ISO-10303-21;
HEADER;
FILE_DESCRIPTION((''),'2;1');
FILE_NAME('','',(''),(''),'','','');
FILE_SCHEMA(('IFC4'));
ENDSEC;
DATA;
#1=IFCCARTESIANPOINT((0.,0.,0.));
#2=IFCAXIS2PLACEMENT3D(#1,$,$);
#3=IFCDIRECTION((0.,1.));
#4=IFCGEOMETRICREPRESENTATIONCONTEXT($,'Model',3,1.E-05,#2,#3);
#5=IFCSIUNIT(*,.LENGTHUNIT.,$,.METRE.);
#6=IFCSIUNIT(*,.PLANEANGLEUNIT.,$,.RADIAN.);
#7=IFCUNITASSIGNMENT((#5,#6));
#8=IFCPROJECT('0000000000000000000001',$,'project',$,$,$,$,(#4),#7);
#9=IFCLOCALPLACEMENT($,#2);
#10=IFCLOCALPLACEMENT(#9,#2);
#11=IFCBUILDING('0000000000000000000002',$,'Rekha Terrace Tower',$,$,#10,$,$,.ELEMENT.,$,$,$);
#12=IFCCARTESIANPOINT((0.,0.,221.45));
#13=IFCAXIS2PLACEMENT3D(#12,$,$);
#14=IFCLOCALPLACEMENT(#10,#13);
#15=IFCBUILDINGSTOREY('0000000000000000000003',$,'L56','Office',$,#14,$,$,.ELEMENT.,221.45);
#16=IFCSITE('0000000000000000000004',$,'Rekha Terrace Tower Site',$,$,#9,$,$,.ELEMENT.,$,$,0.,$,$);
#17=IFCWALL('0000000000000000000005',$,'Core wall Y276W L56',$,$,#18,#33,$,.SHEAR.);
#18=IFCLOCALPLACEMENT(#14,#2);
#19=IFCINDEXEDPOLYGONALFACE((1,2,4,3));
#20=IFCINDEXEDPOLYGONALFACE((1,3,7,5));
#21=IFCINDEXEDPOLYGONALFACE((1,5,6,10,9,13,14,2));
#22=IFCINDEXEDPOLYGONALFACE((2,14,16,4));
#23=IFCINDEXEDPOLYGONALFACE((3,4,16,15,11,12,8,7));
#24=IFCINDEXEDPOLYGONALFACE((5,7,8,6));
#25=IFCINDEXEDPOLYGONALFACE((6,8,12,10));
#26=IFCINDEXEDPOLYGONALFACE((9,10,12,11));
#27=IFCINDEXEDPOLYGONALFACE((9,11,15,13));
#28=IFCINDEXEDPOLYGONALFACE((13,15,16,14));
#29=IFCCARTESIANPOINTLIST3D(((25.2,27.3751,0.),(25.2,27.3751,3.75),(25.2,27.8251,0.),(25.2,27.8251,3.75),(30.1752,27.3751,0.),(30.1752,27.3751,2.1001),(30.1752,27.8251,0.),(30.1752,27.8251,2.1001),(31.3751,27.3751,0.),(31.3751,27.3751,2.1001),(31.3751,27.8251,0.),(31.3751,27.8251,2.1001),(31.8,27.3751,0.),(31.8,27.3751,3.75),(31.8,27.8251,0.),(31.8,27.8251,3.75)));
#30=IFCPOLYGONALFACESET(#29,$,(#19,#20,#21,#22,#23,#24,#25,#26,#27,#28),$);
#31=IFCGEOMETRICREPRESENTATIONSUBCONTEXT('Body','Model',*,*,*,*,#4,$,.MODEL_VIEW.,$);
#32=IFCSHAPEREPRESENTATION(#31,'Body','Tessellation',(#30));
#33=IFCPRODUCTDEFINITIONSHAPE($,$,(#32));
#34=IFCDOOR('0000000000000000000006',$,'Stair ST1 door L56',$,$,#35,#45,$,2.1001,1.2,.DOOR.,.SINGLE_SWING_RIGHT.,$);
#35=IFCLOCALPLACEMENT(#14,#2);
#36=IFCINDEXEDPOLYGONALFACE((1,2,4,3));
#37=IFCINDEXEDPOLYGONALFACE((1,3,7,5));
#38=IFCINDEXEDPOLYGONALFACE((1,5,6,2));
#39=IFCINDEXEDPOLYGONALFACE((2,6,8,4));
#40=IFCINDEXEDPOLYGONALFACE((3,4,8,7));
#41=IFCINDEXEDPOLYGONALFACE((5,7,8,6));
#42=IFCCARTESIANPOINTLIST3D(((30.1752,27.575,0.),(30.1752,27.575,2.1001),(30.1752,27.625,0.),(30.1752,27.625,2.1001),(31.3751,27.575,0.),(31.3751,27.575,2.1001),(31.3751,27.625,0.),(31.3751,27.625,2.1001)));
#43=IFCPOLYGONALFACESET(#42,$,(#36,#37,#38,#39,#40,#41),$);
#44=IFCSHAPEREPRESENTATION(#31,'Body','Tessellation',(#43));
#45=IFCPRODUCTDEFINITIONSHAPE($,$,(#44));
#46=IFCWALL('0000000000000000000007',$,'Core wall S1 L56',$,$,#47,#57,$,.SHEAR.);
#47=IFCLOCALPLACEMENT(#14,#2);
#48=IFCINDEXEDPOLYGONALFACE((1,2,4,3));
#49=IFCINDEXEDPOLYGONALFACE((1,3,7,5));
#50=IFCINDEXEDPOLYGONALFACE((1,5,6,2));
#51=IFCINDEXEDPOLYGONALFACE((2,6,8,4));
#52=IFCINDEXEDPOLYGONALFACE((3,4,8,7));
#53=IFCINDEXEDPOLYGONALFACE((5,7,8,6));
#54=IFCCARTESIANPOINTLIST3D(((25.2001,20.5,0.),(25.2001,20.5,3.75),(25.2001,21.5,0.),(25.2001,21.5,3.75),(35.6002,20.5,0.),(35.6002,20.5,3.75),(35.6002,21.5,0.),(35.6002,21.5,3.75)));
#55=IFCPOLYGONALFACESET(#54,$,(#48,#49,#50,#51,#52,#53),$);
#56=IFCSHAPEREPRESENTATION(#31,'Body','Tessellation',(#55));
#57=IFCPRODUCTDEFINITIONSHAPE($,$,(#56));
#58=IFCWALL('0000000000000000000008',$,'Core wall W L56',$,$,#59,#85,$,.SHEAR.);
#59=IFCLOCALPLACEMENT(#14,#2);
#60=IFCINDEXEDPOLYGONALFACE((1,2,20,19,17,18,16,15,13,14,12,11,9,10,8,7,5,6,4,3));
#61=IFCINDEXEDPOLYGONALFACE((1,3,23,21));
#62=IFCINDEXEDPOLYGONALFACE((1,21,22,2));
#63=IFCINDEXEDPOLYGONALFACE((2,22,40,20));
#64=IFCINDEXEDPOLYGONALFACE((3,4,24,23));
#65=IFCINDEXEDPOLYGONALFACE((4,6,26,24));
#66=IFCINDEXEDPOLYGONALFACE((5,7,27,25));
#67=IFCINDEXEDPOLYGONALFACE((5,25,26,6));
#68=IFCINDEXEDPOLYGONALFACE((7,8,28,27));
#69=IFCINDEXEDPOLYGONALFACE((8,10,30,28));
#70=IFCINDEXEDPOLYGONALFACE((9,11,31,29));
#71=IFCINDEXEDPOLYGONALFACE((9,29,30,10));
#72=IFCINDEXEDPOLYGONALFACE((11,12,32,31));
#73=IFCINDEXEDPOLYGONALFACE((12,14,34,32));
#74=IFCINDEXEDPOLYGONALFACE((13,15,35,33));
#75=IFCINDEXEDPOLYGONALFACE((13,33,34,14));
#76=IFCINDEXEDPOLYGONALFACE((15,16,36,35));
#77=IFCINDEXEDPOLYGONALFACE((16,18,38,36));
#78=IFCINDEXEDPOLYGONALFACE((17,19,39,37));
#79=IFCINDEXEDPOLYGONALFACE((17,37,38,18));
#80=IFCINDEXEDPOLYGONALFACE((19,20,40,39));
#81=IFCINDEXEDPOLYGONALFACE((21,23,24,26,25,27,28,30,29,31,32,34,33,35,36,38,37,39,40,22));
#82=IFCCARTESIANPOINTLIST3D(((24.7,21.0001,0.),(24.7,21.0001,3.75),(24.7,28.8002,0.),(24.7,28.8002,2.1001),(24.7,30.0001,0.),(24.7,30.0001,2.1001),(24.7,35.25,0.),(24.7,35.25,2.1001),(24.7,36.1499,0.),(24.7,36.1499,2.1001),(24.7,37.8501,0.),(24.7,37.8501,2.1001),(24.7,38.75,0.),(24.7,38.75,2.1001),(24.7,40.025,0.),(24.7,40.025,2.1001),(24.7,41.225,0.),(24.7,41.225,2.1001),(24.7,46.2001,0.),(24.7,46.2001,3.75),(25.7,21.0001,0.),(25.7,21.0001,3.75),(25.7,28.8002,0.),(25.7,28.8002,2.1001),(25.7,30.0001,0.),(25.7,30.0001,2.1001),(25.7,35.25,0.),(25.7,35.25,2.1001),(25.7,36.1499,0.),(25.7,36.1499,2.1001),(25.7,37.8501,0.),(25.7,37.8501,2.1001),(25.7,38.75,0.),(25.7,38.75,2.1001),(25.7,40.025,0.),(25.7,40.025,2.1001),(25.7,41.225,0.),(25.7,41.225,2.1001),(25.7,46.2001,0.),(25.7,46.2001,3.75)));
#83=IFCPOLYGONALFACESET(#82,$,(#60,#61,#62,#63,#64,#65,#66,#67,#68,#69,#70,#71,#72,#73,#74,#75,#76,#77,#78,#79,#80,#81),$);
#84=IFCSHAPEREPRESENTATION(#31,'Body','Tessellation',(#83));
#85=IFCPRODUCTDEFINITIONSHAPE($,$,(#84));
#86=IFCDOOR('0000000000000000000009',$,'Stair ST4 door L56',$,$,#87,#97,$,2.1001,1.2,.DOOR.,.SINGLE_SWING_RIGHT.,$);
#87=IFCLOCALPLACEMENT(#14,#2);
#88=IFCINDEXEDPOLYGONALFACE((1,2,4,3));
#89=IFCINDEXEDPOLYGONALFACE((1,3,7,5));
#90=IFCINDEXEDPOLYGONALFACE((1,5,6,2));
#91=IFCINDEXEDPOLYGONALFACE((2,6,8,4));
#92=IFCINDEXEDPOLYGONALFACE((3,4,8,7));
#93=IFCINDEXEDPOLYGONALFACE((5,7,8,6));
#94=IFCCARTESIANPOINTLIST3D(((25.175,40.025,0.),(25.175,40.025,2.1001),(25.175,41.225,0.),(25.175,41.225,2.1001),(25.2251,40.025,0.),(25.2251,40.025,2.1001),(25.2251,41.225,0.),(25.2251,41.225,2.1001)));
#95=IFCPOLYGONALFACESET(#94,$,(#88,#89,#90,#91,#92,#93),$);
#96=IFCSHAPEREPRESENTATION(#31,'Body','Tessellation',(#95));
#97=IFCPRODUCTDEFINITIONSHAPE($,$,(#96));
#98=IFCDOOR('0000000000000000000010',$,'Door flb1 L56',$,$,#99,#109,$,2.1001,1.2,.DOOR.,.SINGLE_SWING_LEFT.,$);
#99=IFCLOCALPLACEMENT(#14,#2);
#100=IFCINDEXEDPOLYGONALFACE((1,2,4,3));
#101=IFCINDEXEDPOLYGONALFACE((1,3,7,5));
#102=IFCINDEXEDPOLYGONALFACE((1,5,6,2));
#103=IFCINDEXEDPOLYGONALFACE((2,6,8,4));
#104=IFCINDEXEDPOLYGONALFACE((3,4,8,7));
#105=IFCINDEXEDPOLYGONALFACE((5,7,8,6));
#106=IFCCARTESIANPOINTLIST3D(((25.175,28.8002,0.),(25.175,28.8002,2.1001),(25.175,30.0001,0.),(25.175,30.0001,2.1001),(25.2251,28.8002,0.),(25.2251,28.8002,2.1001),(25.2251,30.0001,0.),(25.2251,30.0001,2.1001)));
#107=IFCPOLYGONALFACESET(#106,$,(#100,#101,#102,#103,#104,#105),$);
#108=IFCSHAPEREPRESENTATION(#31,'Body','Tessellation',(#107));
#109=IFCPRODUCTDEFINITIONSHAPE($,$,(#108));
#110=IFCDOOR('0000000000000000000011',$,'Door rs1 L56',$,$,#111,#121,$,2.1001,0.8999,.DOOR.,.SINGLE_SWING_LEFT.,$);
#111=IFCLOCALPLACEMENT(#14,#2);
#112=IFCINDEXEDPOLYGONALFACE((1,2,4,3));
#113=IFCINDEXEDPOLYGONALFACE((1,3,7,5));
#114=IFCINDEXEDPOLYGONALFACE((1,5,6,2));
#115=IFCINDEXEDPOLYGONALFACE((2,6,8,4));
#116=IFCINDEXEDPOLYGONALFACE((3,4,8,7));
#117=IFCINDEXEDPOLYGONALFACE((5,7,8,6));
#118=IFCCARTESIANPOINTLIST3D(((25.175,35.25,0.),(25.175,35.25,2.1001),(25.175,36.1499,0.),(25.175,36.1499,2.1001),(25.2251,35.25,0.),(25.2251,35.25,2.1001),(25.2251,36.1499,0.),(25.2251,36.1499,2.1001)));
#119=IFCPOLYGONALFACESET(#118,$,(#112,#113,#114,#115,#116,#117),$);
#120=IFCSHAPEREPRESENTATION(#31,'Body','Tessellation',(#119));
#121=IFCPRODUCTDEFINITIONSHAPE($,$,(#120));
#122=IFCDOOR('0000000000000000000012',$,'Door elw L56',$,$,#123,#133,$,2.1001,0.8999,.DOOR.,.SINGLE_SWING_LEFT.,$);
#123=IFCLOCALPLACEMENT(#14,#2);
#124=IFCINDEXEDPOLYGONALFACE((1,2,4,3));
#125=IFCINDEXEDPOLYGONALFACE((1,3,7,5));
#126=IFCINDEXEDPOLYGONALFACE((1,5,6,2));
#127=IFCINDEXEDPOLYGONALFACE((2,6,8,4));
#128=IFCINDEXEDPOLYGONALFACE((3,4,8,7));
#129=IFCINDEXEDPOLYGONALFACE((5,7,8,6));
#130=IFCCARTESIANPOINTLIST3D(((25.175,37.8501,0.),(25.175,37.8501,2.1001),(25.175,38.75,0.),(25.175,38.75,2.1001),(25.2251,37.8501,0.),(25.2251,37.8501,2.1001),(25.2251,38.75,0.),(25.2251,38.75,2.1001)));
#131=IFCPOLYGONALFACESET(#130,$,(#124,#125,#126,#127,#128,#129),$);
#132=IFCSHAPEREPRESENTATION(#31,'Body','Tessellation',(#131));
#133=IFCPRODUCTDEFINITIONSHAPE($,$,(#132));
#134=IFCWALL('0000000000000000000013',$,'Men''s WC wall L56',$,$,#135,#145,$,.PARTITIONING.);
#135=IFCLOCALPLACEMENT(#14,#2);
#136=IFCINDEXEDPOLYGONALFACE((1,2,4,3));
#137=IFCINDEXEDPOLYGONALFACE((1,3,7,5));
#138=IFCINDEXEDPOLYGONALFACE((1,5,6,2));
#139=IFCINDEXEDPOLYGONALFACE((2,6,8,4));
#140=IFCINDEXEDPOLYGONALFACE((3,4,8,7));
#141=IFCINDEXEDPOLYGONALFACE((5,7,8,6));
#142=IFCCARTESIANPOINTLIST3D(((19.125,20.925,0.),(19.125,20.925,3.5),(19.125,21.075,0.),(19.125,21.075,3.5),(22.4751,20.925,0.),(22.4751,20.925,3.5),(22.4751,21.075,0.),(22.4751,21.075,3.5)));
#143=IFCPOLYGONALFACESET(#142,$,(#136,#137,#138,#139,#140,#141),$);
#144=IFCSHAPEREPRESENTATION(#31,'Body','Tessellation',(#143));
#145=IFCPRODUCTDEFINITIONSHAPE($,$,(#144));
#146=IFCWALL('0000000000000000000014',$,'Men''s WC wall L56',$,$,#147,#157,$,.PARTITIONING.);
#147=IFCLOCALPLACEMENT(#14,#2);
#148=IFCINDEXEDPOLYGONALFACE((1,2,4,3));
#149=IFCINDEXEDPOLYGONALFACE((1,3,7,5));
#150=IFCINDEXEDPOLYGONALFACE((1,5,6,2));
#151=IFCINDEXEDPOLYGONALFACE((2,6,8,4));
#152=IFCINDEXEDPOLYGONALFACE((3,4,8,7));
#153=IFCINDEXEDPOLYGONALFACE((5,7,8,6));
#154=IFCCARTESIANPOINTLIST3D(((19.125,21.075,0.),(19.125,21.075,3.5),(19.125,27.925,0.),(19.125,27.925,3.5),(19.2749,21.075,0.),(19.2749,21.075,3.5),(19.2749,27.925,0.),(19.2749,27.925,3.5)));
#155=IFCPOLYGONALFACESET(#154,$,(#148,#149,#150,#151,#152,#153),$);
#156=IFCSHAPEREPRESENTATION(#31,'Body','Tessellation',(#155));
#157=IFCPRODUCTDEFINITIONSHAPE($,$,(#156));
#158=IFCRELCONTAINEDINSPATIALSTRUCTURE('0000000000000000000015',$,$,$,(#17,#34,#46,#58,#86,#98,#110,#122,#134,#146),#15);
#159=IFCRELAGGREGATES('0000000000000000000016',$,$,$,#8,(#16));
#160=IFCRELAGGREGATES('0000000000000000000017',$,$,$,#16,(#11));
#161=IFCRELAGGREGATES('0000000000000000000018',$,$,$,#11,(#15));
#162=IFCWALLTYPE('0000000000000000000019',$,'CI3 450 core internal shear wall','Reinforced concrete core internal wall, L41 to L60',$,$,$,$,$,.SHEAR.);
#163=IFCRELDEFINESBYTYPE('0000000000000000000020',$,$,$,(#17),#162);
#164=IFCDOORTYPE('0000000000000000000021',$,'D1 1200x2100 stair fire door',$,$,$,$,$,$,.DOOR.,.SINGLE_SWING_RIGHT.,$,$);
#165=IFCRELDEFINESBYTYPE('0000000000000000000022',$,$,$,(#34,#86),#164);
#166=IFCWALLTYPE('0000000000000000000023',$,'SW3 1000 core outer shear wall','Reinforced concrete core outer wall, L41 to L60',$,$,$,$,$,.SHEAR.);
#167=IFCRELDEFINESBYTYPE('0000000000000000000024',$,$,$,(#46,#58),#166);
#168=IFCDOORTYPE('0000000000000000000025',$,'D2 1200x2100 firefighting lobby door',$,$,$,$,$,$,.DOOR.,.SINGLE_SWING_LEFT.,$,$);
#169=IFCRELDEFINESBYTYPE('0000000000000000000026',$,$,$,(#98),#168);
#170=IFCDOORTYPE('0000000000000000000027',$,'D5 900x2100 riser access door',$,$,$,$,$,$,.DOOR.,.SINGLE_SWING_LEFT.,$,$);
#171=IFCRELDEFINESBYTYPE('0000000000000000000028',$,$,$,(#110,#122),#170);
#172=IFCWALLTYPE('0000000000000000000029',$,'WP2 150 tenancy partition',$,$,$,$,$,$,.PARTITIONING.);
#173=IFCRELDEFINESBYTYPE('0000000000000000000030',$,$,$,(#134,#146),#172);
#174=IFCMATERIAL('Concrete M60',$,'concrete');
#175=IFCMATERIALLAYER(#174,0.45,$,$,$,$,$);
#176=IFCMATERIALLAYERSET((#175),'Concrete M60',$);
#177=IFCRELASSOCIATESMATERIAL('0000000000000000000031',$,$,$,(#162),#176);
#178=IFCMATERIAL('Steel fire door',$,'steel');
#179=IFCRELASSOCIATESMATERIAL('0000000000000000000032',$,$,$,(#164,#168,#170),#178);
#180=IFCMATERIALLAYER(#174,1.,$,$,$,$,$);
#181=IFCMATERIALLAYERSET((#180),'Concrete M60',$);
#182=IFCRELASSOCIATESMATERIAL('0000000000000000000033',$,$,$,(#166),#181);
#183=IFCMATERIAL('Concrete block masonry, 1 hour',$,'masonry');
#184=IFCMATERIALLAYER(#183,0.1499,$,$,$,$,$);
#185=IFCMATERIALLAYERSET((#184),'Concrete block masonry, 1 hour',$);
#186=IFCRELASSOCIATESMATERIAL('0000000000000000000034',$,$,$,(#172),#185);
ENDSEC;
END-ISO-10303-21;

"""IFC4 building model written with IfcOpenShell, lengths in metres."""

from ifc_helpers import new_model, si_unit, direction, frame, frame_2d, origin, place, context, subcontext, project, spatial, rectangle, extrude, material, layer, layer_set, type_object, element, fill, save


model = new_model("IFC4")

# Units and contexts
model_context = context("Model", 3, precision=1e-05, world=origin(), true_north=direction((0.0, 1.0)))
body_context = subcontext(model_context, "Body", "Model", "MODEL_VIEW")
ifc_project = project(units=[si_unit("LENGTHUNIT", "METRE"), si_unit("PLANEANGLEUNIT", "RADIAN")], contexts=[model_context])

# Site, building, storey
site_placement = place(None, origin())
site = spatial("IfcSite", under=ifc_project, at=site_placement, Name="Rekha Terrace Tower Site", CompositionType="ELEMENT", RefElevation=0.0)
building_placement = place(site_placement, origin())
building = spatial("IfcBuilding", under=site, at=building_placement, Name="Rekha Terrace Tower", CompositionType="ELEMENT")
storey_placement = place(building_placement, frame((0.0, 0.0, 221.45)))
storey = spatial("IfcBuildingStorey", under=building, at=storey_placement, Name="L56", Description="Office", CompositionType="ELEMENT", Elevation=221.45)

# Wall, opening, door
ifc_material_1 = material(Name="Concrete M60", Category="concrete")
ifc_layer_1 = layer(ifc_material_1, 0.45)
ifc_layer_set_1 = layer_set([ifc_layer_1], Name="Concrete M60")
wall_type_1 = type_object("IfcWallType", Name="CI3 450 core internal shear wall", Description="Reinforced concrete core internal wall, L41 to L60", PredefinedType="SHEAR", material=ifc_layer_set_1)
wall_1_placement = place(storey_placement, frame((25.2, 27.6001, 0.0), z_axis=(0.0, 0.0, 1.0), x_axis=(1.0, 0.0, 0.0)))
wall_1 = element("IfcWall", 1, at=wall_1_placement, inside=storey, type_object=wall_type_1, Name="Core wall Y276W L56", PredefinedType="SHEAR", context=body_context, shape_type="SweptSolid", body=[
    extrude(rectangle(XDim=6.6001, YDim=0.45, at=frame_2d((3.3, 0.0))), origin(), (0.0, 0.0, 1.0), 3.75),
])
opening_1_placement = place(wall_1_placement, frame((4.9751, 0.0, 0.0)))
opening_1 = element("IfcOpeningElement", 2, at=opening_1_placement, cuts=wall_1, PredefinedType="OPENING", context=body_context, shape_type="SweptSolid", body=[
    extrude(rectangle(XDim=1.2, YDim=2.1001, at=frame_2d((0.6001, 1.05))), frame((0.0, 0.2349, 0.0), z_axis=(0.0, -1.0, 0.0), x_axis=(1.0, 0.0, 0.0)), (0.0, 0.0, 1.0), 0.47),
])
ifc_material_2 = material(Name="Steel fire door", Category="steel")
door_type_1 = type_object("IfcDoorType", Name="D1 1200x2100 stair fire door", OperationType="SINGLE_SWING_RIGHT", PredefinedType="DOOR", material=ifc_material_2)
door_1_placement = place(opening_1_placement, origin())
door_1 = element("IfcDoor", 3, at=door_1_placement, inside=storey, type_object=door_type_1, Name="Stair ST1 door L56", OperationType="SINGLE_SWING_RIGHT", OverallHeight=2.1001, OverallWidth=1.2, PredefinedType="DOOR", context=body_context, shape_type="SweptSolid", body=[
    extrude(rectangle(XDim=1.2, YDim=2.1001, at=frame_2d((0.6001, 1.05))), frame((0.0, 0.0249, 0.0), z_axis=(0.0, -1.0, 0.0), x_axis=(1.0, 0.0, 0.0)), (0.0, 0.0, 1.0), 0.05),
])
fill(opening_1, door_1)

# Wall
ifc_layer_2 = layer(ifc_material_1, 1.0)
ifc_layer_set_2 = layer_set([ifc_layer_2], Name="Concrete M60")
wall_type_2 = type_object("IfcWallType", Name="SW3 1000 core outer shear wall", Description="Reinforced concrete core outer wall, L41 to L60", PredefinedType="SHEAR", material=ifc_layer_set_2)
wall_2_placement = place(storey_placement, frame((25.2, 21.0, 0.0), z_axis=(0.0, 0.0, 1.0), x_axis=(1.0, 0.0, 0.0)))
element("IfcWall", 4, at=wall_2_placement, inside=storey, type_object=wall_type_2, Name="Core wall S1 L56", PredefinedType="SHEAR", context=body_context, shape_type="SweptSolid", body=[
    extrude(rectangle(XDim=10.4001, YDim=1.0, at=frame_2d((5.2002, 0.0))), origin(), (0.0, 0.0, 1.0), 3.75),
])

# Wall, openings, doors
wall_3_placement = place(storey_placement, frame((25.2, 21.0, 0.0), z_axis=(0.0, 0.0, 1.0), x_axis=(0.0, 1.0, 0.0)))
wall_3 = element("IfcWall", 5, at=wall_3_placement, inside=storey, type_object=wall_type_2, Name="Core wall W L56", PredefinedType="SHEAR", context=body_context, shape_type="SweptSolid", body=[
    extrude(rectangle(XDim=25.2, YDim=1.0, at=frame_2d((12.6001, 0.0))), origin(), (0.0, 0.0, 1.0), 3.75),
])
opening_2_placement = place(wall_3_placement, frame((7.8, 0.0, 0.0)))
opening_2 = element("IfcOpeningElement", 6, at=opening_2_placement, cuts=wall_3, PredefinedType="OPENING", context=body_context, shape_type="SweptSolid", body=[
    extrude(rectangle(XDim=1.2, YDim=2.1001, at=frame_2d((0.6001, 1.05))), frame((0.0, 0.51, 0.0), z_axis=(0.0, -1.0, 0.0), x_axis=(1.0, 0.0, 0.0)), (0.0, 0.0, 1.0), 1.02),
])
opening_3_placement = place(wall_3_placement, frame((14.25, 0.0, 0.0)))
opening_3 = element("IfcOpeningElement", 7, at=opening_3_placement, cuts=wall_3, PredefinedType="OPENING", context=body_context, shape_type="SweptSolid", body=[
    extrude(rectangle(XDim=0.8999, YDim=2.1001, at=frame_2d((0.45, 1.05))), frame((0.0, 0.51, 0.0), z_axis=(0.0, -1.0, 0.0), x_axis=(1.0, 0.0, 0.0)), (0.0, 0.0, 1.0), 1.02),
])
opening_4_placement = place(wall_3_placement, frame((16.8501, 0.0, 0.0)))
opening_4 = element("IfcOpeningElement", 8, at=opening_4_placement, cuts=wall_3, PredefinedType="OPENING", context=body_context, shape_type="SweptSolid", body=[
    extrude(rectangle(XDim=0.8999, YDim=2.1001, at=frame_2d((0.45, 1.05))), frame((0.0, 0.51, 0.0), z_axis=(0.0, -1.0, 0.0), x_axis=(1.0, 0.0, 0.0)), (0.0, 0.0, 1.0), 1.02),
])
opening_5_placement = place(wall_3_placement, frame((19.0249, 0.0, 0.0)))
opening_5 = element("IfcOpeningElement", 9, at=opening_5_placement, cuts=wall_3, PredefinedType="OPENING", context=body_context, shape_type="SweptSolid", body=[
    extrude(rectangle(XDim=1.2, YDim=2.1001, at=frame_2d((0.6001, 1.05))), frame((0.0, 0.51, 0.0), z_axis=(0.0, -1.0, 0.0), x_axis=(1.0, 0.0, 0.0)), (0.0, 0.0, 1.0), 1.02),
])
door_2_placement = place(opening_5_placement, origin())
door_2 = element("IfcDoor", 10, at=door_2_placement, inside=storey, type_object=door_type_1, Name="Stair ST4 door L56", OperationType="SINGLE_SWING_RIGHT", OverallHeight=2.1001, OverallWidth=1.2, PredefinedType="DOOR", context=body_context, shape_type="SweptSolid", body=[
    extrude(rectangle(XDim=1.2, YDim=2.1001, at=frame_2d((0.6001, 1.05))), frame((0.0, 0.0249, 0.0), z_axis=(0.0, -1.0, 0.0), x_axis=(1.0, 0.0, 0.0)), (0.0, 0.0, 1.0), 0.05),
])
fill(opening_5, door_2)
door_type_2 = type_object("IfcDoorType", Name="D2 1200x2100 firefighting lobby door", OperationType="SINGLE_SWING_LEFT", PredefinedType="DOOR", material=ifc_material_2)
door_3_placement = place(opening_2_placement, origin())
door_3 = element("IfcDoor", 11, at=door_3_placement, inside=storey, type_object=door_type_2, Name="Door flb1 L56", OperationType="SINGLE_SWING_LEFT", OverallHeight=2.1001, OverallWidth=1.2, PredefinedType="DOOR", context=body_context, shape_type="SweptSolid", body=[
    extrude(rectangle(XDim=1.2, YDim=2.1001, at=frame_2d((0.6001, 1.05))), frame((0.0, 0.0249, 0.0), z_axis=(0.0, -1.0, 0.0), x_axis=(1.0, 0.0, 0.0)), (0.0, 0.0, 1.0), 0.05),
])
fill(opening_2, door_3)
door_type_3 = type_object("IfcDoorType", Name="D5 900x2100 riser access door", OperationType="SINGLE_SWING_LEFT", PredefinedType="DOOR", material=ifc_material_2)
door_4_placement = place(opening_3_placement, origin())
door_4 = element("IfcDoor", 12, at=door_4_placement, inside=storey, type_object=door_type_3, Name="Door rs1 L56", OperationType="SINGLE_SWING_LEFT", OverallHeight=2.1001, OverallWidth=0.8999, PredefinedType="DOOR", context=body_context, shape_type="SweptSolid", body=[
    extrude(rectangle(XDim=0.8999, YDim=2.1001, at=frame_2d((0.45, 1.05))), frame((0.0, 0.0249, 0.0), z_axis=(0.0, -1.0, 0.0), x_axis=(1.0, 0.0, 0.0)), (0.0, 0.0, 1.0), 0.05),
])
fill(opening_3, door_4)
door_5_placement = place(opening_4_placement, origin())
door_5 = element("IfcDoor", 13, at=door_5_placement, inside=storey, type_object=door_type_3, Name="Door elw L56", OperationType="SINGLE_SWING_LEFT", OverallHeight=2.1001, OverallWidth=0.8999, PredefinedType="DOOR", context=body_context, shape_type="SweptSolid", body=[
    extrude(rectangle(XDim=0.8999, YDim=2.1001, at=frame_2d((0.45, 1.05))), frame((0.0, 0.0249, 0.0), z_axis=(0.0, -1.0, 0.0), x_axis=(1.0, 0.0, 0.0)), (0.0, 0.0, 1.0), 0.05),
])
fill(opening_4, door_5)

# Walls
ifc_material_3 = material(Name="Concrete block masonry, 1 hour", Category="masonry")
ifc_layer_3 = layer(ifc_material_3, 0.1499)
ifc_layer_set_3 = layer_set([ifc_layer_3], Name="Concrete block masonry, 1 hour")
wall_type_3 = type_object("IfcWallType", Name="WP2 150 tenancy partition", PredefinedType="PARTITIONING", material=ifc_layer_set_3)
wall_4_placement = place(storey_placement, frame((19.125, 21.0, 0.0), z_axis=(0.0, 0.0, 1.0), x_axis=(1.0, 0.0, 0.0)))
element("IfcWall", 14, at=wall_4_placement, inside=storey, type_object=wall_type_3, Name="Men's WC wall L56", PredefinedType="PARTITIONING", context=body_context, shape_type="SweptSolid", body=[
    extrude(rectangle(XDim=3.3501, YDim=0.1499, at=frame_2d((1.675, 0.0))), origin(), (0.0, 0.0, 1.0), 3.5),
])
wall_5_placement = place(storey_placement, frame((19.2, 21.075, 0.0), z_axis=(0.0, 0.0, 1.0), x_axis=(0.0, 1.0, 0.0)))
element("IfcWall", 15, at=wall_5_placement, inside=storey, type_object=wall_type_3, Name="Men's WC wall L56", PredefinedType="PARTITIONING", context=body_context, shape_type="SweptSolid", body=[
    extrude(rectangle(XDim=6.8501, YDim=0.1499, at=frame_2d((3.425, 0.0))), origin(), (0.0, 0.0, 1.0), 3.5),
])

save(model, "model.ifc")
